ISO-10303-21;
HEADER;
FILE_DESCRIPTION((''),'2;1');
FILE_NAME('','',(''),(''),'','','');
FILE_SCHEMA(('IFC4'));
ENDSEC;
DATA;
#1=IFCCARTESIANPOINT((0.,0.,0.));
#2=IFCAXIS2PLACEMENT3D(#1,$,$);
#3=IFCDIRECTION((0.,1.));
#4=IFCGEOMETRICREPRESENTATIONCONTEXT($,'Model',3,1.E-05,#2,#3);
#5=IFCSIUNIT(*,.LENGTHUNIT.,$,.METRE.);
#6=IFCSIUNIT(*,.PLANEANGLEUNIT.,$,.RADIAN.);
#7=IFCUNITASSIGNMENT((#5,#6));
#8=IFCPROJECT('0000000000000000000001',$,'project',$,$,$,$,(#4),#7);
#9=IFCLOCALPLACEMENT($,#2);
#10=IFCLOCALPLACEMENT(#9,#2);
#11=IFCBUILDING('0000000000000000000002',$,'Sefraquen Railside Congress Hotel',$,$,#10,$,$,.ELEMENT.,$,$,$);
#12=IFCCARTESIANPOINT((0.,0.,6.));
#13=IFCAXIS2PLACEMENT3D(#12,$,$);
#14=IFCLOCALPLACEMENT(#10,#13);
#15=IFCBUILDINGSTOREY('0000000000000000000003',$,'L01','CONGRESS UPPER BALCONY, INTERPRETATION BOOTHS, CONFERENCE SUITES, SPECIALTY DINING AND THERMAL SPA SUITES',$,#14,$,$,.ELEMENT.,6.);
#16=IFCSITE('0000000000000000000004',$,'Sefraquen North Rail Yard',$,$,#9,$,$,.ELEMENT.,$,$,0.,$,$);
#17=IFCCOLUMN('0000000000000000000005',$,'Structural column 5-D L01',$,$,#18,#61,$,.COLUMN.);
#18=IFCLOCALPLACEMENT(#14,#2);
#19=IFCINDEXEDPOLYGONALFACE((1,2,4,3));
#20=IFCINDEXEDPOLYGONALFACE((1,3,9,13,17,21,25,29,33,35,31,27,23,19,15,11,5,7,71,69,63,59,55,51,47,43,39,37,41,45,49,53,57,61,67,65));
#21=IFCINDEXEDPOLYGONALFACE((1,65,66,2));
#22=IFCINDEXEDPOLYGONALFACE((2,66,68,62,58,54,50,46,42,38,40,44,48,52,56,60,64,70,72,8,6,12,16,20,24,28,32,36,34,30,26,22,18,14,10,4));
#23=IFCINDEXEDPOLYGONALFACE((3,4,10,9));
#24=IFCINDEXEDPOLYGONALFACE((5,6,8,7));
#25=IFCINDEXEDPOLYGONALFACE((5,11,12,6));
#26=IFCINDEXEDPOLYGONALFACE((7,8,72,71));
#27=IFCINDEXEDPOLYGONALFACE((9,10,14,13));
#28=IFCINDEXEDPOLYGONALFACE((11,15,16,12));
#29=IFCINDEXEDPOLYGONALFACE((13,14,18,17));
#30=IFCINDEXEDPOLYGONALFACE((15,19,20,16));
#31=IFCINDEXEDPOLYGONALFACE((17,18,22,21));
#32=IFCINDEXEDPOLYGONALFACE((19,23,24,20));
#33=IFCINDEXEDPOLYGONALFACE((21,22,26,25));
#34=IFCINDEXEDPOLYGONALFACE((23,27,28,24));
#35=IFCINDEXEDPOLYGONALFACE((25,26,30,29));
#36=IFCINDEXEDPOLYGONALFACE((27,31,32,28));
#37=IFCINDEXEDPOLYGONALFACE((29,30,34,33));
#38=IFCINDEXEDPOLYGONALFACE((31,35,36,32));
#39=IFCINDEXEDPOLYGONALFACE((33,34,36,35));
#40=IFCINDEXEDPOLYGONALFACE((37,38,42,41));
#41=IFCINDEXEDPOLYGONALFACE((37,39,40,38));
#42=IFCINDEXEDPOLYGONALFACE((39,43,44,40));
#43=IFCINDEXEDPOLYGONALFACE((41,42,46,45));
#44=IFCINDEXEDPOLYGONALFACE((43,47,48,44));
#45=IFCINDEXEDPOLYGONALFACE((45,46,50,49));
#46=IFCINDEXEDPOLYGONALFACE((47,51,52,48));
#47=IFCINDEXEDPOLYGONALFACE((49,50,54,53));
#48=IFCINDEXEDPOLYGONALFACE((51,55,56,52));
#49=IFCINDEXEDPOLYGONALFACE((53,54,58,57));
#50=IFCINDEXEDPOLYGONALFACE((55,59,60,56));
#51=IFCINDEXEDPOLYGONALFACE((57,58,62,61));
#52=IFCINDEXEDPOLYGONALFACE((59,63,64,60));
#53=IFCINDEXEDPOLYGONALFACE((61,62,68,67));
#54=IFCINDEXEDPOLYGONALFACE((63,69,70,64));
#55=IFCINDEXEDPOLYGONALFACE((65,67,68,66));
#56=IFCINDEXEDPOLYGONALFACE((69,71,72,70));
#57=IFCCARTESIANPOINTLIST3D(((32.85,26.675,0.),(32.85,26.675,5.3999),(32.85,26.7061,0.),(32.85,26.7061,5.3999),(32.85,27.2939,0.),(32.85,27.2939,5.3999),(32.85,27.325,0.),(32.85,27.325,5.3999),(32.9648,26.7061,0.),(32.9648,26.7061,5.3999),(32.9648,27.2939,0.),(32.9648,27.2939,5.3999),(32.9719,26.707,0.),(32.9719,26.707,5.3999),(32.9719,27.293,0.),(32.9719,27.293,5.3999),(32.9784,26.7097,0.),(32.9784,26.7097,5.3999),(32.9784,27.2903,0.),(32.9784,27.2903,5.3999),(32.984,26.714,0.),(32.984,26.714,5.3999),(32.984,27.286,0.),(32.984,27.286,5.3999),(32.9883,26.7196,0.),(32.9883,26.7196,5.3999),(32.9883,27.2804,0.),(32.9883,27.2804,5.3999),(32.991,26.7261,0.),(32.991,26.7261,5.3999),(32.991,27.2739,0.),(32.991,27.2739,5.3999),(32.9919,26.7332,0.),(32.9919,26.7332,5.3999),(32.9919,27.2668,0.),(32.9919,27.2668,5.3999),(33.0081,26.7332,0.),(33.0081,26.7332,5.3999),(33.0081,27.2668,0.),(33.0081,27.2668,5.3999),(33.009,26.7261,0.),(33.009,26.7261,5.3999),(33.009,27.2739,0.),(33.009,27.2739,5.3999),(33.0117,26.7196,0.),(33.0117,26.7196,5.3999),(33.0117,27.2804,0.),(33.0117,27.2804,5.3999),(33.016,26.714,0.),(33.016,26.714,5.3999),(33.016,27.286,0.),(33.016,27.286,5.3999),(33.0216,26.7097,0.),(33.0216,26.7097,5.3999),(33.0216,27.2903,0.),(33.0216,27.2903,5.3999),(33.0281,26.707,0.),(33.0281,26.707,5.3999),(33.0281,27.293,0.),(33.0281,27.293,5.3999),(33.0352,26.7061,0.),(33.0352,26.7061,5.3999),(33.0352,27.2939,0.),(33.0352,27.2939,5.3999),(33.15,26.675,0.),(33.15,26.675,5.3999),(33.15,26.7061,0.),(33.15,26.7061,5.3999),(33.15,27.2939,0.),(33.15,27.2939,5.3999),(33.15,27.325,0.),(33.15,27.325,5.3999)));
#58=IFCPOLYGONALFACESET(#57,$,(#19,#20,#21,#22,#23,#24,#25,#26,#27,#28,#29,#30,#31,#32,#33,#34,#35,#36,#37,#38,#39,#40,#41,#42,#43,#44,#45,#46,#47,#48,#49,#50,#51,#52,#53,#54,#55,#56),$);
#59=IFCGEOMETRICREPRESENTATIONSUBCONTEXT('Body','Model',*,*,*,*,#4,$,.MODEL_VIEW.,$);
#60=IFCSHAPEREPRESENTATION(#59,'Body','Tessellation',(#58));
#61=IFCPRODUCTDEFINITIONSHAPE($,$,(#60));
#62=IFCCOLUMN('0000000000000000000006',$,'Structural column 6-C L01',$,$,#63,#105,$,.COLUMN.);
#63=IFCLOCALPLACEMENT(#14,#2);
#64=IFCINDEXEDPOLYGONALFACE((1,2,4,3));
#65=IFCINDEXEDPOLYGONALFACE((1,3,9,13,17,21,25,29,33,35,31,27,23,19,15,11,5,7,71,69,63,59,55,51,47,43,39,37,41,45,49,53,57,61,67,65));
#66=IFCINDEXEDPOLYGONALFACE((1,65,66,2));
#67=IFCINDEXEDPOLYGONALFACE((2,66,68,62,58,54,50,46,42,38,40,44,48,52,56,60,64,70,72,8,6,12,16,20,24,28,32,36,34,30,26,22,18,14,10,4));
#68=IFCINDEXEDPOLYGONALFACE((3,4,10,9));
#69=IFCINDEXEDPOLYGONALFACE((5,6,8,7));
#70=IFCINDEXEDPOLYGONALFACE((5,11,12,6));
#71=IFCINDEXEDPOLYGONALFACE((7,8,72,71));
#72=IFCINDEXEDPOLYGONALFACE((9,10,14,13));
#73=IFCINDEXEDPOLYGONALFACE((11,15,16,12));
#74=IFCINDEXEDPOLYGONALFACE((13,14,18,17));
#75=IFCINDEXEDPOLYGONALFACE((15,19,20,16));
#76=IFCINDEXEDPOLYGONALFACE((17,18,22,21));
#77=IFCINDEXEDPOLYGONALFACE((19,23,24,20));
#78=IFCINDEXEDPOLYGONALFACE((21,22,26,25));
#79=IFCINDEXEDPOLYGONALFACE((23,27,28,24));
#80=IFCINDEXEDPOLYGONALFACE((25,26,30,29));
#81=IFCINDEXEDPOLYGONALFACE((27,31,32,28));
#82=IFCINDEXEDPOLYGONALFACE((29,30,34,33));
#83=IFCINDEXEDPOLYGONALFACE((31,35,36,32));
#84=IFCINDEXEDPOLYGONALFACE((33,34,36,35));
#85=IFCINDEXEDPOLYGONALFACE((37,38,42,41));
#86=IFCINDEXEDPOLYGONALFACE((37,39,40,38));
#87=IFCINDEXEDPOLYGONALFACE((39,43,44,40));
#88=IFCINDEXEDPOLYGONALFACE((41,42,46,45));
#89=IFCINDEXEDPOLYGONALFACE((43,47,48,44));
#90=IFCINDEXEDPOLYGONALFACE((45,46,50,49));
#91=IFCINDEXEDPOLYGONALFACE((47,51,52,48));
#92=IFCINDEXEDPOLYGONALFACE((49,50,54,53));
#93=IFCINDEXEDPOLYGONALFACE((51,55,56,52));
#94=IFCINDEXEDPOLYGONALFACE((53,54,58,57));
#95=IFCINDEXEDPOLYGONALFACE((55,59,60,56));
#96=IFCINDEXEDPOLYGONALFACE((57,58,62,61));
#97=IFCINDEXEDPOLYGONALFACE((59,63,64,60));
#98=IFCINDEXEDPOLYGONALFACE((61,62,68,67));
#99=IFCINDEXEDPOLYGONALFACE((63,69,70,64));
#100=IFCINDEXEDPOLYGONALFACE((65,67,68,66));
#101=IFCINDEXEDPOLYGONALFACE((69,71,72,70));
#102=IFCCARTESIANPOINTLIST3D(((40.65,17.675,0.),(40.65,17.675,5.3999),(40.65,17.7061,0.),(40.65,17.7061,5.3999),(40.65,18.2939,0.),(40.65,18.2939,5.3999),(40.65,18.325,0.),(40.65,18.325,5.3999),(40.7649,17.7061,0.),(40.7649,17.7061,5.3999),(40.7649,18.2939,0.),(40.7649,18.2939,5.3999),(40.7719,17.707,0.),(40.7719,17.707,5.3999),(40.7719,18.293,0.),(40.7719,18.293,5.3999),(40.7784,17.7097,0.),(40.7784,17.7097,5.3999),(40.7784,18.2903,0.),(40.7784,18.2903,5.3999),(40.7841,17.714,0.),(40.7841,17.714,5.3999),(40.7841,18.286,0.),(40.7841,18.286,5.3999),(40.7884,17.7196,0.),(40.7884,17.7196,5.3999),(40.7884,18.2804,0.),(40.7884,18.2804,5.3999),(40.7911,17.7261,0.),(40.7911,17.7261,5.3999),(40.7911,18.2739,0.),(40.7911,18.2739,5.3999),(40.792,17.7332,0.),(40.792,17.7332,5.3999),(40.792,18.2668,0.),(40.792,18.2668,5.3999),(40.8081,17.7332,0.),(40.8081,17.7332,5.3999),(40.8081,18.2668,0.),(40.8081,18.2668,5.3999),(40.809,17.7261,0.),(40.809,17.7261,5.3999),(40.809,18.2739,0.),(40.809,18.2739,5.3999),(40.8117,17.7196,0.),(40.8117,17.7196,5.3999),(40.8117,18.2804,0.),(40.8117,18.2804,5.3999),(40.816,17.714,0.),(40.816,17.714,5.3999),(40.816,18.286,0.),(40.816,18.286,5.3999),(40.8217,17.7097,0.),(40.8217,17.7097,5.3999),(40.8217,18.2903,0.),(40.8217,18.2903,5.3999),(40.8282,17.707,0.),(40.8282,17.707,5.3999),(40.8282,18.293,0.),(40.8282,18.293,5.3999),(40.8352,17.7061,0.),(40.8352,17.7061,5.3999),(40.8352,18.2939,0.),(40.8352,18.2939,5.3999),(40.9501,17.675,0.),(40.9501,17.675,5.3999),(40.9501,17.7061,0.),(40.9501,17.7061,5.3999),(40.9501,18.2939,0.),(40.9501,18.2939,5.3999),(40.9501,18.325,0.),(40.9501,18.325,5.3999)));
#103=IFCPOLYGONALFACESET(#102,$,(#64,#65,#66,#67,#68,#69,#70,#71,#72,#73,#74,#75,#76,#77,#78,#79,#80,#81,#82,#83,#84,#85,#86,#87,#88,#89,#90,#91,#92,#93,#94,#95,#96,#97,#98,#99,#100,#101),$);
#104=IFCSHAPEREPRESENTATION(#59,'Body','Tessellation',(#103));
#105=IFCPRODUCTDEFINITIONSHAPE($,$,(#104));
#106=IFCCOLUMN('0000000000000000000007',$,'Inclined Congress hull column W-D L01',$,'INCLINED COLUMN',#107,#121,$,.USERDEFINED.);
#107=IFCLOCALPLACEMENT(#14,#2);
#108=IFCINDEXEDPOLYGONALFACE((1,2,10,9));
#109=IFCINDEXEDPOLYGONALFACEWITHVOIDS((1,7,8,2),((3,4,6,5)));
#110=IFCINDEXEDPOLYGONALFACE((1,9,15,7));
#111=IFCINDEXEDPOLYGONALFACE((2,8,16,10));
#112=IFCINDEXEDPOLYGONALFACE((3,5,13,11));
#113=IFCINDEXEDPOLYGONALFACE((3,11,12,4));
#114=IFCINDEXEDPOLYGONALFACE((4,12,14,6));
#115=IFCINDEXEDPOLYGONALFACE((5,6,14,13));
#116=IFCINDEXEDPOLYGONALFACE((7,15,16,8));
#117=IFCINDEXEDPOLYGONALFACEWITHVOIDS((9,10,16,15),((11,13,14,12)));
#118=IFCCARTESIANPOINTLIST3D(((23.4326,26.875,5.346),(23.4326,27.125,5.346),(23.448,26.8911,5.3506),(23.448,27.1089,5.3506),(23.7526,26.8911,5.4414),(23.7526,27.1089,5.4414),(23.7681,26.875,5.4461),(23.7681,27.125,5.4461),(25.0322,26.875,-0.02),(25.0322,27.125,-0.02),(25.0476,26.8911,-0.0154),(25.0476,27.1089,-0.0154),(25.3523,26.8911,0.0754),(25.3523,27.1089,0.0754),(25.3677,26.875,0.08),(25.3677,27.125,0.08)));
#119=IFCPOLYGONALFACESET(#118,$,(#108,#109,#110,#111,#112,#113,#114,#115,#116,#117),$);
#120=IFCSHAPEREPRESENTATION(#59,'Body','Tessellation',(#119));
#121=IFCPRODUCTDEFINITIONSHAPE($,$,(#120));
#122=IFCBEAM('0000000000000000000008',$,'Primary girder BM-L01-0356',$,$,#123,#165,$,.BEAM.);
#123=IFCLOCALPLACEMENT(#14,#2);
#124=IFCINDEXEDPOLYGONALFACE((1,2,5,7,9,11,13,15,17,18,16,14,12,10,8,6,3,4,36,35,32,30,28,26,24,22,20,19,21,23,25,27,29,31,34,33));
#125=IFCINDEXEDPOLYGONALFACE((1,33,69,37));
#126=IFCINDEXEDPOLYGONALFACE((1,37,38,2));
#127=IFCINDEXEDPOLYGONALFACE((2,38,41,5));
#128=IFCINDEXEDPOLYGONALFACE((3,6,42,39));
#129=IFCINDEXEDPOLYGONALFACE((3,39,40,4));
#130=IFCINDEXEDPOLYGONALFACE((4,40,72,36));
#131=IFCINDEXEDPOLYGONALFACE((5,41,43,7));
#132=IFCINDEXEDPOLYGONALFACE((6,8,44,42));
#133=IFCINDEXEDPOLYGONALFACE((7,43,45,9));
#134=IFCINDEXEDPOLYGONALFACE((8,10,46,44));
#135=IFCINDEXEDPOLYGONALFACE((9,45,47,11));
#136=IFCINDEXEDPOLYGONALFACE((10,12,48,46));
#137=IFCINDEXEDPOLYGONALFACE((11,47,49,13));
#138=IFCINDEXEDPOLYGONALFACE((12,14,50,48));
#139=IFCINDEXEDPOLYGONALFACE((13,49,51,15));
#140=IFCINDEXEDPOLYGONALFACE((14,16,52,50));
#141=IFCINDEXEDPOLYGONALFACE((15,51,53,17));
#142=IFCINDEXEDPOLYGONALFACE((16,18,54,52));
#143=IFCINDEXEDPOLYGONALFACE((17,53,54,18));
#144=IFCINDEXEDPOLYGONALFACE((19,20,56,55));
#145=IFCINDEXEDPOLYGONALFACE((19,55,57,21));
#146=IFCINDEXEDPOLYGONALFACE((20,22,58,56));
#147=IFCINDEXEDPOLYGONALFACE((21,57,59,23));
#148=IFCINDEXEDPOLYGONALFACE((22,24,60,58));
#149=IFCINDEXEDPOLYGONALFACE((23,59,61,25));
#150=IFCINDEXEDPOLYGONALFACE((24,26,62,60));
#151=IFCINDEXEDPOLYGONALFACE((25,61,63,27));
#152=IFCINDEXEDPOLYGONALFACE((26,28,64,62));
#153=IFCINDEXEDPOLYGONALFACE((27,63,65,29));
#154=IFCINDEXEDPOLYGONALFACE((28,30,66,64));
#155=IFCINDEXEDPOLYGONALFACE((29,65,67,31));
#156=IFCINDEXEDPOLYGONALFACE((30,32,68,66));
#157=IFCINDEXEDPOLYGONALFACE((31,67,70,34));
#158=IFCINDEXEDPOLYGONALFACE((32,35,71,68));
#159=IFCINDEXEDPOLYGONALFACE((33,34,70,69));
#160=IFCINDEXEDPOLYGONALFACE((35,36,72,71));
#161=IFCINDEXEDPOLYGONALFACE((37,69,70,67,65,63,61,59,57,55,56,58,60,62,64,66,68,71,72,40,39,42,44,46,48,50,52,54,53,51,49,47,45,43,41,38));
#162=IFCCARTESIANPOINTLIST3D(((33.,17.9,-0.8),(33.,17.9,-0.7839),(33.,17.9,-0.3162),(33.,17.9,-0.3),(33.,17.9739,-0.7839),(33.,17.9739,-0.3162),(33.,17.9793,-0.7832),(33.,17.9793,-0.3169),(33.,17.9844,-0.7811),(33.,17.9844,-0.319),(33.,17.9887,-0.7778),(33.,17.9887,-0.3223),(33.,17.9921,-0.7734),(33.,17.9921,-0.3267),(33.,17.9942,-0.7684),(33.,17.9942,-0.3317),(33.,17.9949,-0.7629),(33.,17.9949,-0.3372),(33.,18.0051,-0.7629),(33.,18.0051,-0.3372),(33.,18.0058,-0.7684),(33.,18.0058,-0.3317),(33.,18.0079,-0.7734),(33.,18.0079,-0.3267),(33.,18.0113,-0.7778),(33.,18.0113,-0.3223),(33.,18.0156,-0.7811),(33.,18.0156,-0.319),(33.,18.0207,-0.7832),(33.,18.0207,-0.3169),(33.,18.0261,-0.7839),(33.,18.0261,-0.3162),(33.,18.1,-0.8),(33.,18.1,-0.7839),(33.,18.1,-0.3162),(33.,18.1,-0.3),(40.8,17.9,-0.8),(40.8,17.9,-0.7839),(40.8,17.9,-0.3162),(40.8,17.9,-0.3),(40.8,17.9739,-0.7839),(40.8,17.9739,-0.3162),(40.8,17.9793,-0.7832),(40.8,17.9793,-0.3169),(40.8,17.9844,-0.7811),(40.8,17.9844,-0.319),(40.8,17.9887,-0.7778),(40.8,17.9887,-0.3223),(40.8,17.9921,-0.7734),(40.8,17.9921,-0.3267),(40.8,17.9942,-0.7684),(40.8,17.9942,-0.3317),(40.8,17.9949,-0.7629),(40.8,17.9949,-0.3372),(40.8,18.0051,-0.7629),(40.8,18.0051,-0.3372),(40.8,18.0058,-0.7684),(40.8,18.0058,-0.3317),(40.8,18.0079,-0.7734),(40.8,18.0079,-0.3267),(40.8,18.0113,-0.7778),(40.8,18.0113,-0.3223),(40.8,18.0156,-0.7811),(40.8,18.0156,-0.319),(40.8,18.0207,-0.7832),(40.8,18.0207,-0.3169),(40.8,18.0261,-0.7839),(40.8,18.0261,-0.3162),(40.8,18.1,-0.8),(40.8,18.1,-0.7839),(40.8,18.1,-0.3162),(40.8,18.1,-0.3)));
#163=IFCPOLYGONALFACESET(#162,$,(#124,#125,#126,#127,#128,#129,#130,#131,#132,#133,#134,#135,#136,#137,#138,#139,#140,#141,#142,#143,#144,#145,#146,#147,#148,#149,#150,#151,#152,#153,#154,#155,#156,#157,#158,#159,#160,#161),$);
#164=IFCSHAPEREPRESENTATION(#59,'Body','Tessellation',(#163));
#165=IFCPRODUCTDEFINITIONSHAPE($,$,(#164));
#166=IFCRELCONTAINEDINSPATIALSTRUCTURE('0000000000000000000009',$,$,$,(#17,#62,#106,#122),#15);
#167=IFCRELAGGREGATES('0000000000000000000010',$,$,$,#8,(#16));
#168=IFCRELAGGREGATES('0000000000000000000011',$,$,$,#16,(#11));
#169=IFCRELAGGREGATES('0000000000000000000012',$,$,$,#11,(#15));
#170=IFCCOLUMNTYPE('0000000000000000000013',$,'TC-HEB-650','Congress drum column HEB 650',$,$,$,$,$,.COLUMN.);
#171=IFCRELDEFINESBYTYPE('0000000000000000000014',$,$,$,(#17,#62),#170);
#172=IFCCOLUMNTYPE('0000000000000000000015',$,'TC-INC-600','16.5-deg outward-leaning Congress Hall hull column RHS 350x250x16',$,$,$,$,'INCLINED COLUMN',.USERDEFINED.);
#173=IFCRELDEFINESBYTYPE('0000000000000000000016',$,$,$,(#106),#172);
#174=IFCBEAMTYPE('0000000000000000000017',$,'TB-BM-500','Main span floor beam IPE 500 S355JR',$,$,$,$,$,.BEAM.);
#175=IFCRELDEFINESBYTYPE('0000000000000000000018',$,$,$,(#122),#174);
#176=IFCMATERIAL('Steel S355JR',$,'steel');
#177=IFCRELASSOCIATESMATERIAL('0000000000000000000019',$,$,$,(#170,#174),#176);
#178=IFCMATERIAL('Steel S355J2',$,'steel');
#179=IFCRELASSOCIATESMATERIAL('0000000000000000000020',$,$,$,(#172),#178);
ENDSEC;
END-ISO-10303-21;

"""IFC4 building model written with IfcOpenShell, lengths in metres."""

from ifc_helpers import new_model, si_unit, direction, frame, origin, origin_2d, place, context, subcontext, project, spatial, hollow_rectangle, i_section, extrude, material, material_profile, profile_set, type_object, element, save


model = new_model("IFC4")

# Units and contexts
model_context = context("Model", 3, precision=1e-05, world=origin(), true_north=direction((0.0, 1.0)))
body_context = subcontext(model_context, "Body", "Model", "MODEL_VIEW")
ifc_project = project(units=[si_unit("LENGTHUNIT", "METRE"), si_unit("PLANEANGLEUNIT", "RADIAN")], contexts=[model_context])

# Site, building, storey
site_placement = place(None, origin())
site = spatial("IfcSite", under=ifc_project, at=site_placement, Name="Sefraquen North Rail Yard", CompositionType="ELEMENT", RefElevation=0.0)
building_placement = place(site_placement, origin())
building = spatial("IfcBuilding", under=site, at=building_placement, Name="Sefraquen Railside Congress Hotel", CompositionType="ELEMENT")
storey_placement = place(building_placement, frame((0.0, 0.0, 6.0)))
storey = spatial("IfcBuildingStorey", under=building, at=storey_placement, Name="L01", Description="CONGRESS UPPER BALCONY, INTERPRETATION BOOTHS, CONFERENCE SUITES, SPECIALTY DINING AND THERMAL SPA SUITES", CompositionType="ELEMENT", Elevation=6.0)

# Columns
ifc_material_1 = material(Name="Steel S355JR", Category="steel")
ifc_material_profile_1 = material_profile(ifc_material_1, i_section(OverallWidth=0.3, OverallDepth=0.6499, WebThickness=0.0161, FlangeThickness=0.031, FilletRadius=0.0271, at=origin_2d()), Name="HEB 650")
ifc_profile_set_1 = profile_set([ifc_material_profile_1], Name="Steel S355JR")
column_type_1 = type_object("IfcColumnType", Name="TC-HEB-650", Description="Congress drum column HEB 650", PredefinedType="COLUMN", material=ifc_profile_set_1)
for number, where, z_axis, x_axis, name in (
    (1, (33.0, 27.0, 0.0), (0.0, 0.0, 1.0), (1.0, 0.0, 0.0), "Structural column 5-D L01"),
    (2, (40.8, 18.0, 0.0), (0.0, 0.0, 1.0), (1.0, 0.0, 0.0), "Structural column 6-C L01"),
):
    element("IfcColumn", number, at=place(storey_placement, frame(where, z_axis=z_axis, x_axis=x_axis)), inside=storey, type_object=column_type_1, Name=name, PredefinedType="COLUMN", context=body_context, shape_type="SweptSolid", body=[
        extrude(i_section(OverallWidth=0.3, OverallDepth=0.6499, WebThickness=0.0161, FlangeThickness=0.031, FilletRadius=0.0271, at=origin_2d()), origin(), (0.0, 0.0, 1.0), 5.3999),
    ])
ifc_material_2 = material(Name="Steel S355J2", Category="steel")
ifc_material_profile_2 = material_profile(ifc_material_2, hollow_rectangle(XDim=0.25, YDim=0.3501, WallThickness=0.0161, at=origin_2d()), Name="RHS 350x250x16")
ifc_profile_set_2 = profile_set([ifc_material_profile_2], Name="Steel S355J2")
column_type_2 = type_object("IfcColumnType", Name="TC-INC-600", Description="16.5-deg outward-leaning Congress Hall hull column RHS 350x250x16", ElementType="INCLINED COLUMN", PredefinedType="USERDEFINED", material=ifc_profile_set_2)
column_placement = place(storey_placement, frame((25.2, 27.0, 0.03), z_axis=(-0.285679, 0.0, 0.958325), x_axis=(0.0, -1.0, 0.0)))
element("IfcColumn", 3, at=column_placement, inside=storey, type_object=column_type_2, Name="Inclined Congress hull column W-D L01", ObjectType="INCLINED COLUMN", PredefinedType="USERDEFINED", context=body_context, shape_type="SweptSolid", body=[
    extrude(hollow_rectangle(XDim=0.25, YDim=0.3501, WallThickness=0.0161, at=origin_2d()), origin(), (0.0, 0.0, 1.0), 5.5994),
])

# Beam
ifc_material_profile_3 = material_profile(ifc_material_1, i_section(OverallWidth=0.2, OverallDepth=0.5, WebThickness=0.0103, FlangeThickness=0.0161, FilletRadius=0.021, at=origin_2d()), Name="IPE 500")
ifc_profile_set_3 = profile_set([ifc_material_profile_3], Name="Steel S355JR")
beam_type_1 = type_object("IfcBeamType", Name="TB-BM-500", Description="Main span floor beam IPE 500 S355JR", PredefinedType="BEAM", material=ifc_profile_set_3)
for number, where, z_axis, x_axis, name in (
    (4, (33.0, 18.0, -0.55), (1.0, 0.0, 0.0), (0.0, 1.0, 0.0), "Primary girder BM-L01-0356"),
):
    element("IfcBeam", number, at=place(storey_placement, frame(where, z_axis=z_axis, x_axis=x_axis)), inside=storey, type_object=beam_type_1, Name=name, PredefinedType="BEAM", context=body_context, shape_type="SweptSolid", body=[
        extrude(i_section(OverallWidth=0.2, OverallDepth=0.5, WebThickness=0.0103, FlangeThickness=0.0161, FilletRadius=0.021, at=origin_2d()), origin(), (0.0, 0.0, 1.0), 7.8),
    ])

save(model, "model.ifc")
